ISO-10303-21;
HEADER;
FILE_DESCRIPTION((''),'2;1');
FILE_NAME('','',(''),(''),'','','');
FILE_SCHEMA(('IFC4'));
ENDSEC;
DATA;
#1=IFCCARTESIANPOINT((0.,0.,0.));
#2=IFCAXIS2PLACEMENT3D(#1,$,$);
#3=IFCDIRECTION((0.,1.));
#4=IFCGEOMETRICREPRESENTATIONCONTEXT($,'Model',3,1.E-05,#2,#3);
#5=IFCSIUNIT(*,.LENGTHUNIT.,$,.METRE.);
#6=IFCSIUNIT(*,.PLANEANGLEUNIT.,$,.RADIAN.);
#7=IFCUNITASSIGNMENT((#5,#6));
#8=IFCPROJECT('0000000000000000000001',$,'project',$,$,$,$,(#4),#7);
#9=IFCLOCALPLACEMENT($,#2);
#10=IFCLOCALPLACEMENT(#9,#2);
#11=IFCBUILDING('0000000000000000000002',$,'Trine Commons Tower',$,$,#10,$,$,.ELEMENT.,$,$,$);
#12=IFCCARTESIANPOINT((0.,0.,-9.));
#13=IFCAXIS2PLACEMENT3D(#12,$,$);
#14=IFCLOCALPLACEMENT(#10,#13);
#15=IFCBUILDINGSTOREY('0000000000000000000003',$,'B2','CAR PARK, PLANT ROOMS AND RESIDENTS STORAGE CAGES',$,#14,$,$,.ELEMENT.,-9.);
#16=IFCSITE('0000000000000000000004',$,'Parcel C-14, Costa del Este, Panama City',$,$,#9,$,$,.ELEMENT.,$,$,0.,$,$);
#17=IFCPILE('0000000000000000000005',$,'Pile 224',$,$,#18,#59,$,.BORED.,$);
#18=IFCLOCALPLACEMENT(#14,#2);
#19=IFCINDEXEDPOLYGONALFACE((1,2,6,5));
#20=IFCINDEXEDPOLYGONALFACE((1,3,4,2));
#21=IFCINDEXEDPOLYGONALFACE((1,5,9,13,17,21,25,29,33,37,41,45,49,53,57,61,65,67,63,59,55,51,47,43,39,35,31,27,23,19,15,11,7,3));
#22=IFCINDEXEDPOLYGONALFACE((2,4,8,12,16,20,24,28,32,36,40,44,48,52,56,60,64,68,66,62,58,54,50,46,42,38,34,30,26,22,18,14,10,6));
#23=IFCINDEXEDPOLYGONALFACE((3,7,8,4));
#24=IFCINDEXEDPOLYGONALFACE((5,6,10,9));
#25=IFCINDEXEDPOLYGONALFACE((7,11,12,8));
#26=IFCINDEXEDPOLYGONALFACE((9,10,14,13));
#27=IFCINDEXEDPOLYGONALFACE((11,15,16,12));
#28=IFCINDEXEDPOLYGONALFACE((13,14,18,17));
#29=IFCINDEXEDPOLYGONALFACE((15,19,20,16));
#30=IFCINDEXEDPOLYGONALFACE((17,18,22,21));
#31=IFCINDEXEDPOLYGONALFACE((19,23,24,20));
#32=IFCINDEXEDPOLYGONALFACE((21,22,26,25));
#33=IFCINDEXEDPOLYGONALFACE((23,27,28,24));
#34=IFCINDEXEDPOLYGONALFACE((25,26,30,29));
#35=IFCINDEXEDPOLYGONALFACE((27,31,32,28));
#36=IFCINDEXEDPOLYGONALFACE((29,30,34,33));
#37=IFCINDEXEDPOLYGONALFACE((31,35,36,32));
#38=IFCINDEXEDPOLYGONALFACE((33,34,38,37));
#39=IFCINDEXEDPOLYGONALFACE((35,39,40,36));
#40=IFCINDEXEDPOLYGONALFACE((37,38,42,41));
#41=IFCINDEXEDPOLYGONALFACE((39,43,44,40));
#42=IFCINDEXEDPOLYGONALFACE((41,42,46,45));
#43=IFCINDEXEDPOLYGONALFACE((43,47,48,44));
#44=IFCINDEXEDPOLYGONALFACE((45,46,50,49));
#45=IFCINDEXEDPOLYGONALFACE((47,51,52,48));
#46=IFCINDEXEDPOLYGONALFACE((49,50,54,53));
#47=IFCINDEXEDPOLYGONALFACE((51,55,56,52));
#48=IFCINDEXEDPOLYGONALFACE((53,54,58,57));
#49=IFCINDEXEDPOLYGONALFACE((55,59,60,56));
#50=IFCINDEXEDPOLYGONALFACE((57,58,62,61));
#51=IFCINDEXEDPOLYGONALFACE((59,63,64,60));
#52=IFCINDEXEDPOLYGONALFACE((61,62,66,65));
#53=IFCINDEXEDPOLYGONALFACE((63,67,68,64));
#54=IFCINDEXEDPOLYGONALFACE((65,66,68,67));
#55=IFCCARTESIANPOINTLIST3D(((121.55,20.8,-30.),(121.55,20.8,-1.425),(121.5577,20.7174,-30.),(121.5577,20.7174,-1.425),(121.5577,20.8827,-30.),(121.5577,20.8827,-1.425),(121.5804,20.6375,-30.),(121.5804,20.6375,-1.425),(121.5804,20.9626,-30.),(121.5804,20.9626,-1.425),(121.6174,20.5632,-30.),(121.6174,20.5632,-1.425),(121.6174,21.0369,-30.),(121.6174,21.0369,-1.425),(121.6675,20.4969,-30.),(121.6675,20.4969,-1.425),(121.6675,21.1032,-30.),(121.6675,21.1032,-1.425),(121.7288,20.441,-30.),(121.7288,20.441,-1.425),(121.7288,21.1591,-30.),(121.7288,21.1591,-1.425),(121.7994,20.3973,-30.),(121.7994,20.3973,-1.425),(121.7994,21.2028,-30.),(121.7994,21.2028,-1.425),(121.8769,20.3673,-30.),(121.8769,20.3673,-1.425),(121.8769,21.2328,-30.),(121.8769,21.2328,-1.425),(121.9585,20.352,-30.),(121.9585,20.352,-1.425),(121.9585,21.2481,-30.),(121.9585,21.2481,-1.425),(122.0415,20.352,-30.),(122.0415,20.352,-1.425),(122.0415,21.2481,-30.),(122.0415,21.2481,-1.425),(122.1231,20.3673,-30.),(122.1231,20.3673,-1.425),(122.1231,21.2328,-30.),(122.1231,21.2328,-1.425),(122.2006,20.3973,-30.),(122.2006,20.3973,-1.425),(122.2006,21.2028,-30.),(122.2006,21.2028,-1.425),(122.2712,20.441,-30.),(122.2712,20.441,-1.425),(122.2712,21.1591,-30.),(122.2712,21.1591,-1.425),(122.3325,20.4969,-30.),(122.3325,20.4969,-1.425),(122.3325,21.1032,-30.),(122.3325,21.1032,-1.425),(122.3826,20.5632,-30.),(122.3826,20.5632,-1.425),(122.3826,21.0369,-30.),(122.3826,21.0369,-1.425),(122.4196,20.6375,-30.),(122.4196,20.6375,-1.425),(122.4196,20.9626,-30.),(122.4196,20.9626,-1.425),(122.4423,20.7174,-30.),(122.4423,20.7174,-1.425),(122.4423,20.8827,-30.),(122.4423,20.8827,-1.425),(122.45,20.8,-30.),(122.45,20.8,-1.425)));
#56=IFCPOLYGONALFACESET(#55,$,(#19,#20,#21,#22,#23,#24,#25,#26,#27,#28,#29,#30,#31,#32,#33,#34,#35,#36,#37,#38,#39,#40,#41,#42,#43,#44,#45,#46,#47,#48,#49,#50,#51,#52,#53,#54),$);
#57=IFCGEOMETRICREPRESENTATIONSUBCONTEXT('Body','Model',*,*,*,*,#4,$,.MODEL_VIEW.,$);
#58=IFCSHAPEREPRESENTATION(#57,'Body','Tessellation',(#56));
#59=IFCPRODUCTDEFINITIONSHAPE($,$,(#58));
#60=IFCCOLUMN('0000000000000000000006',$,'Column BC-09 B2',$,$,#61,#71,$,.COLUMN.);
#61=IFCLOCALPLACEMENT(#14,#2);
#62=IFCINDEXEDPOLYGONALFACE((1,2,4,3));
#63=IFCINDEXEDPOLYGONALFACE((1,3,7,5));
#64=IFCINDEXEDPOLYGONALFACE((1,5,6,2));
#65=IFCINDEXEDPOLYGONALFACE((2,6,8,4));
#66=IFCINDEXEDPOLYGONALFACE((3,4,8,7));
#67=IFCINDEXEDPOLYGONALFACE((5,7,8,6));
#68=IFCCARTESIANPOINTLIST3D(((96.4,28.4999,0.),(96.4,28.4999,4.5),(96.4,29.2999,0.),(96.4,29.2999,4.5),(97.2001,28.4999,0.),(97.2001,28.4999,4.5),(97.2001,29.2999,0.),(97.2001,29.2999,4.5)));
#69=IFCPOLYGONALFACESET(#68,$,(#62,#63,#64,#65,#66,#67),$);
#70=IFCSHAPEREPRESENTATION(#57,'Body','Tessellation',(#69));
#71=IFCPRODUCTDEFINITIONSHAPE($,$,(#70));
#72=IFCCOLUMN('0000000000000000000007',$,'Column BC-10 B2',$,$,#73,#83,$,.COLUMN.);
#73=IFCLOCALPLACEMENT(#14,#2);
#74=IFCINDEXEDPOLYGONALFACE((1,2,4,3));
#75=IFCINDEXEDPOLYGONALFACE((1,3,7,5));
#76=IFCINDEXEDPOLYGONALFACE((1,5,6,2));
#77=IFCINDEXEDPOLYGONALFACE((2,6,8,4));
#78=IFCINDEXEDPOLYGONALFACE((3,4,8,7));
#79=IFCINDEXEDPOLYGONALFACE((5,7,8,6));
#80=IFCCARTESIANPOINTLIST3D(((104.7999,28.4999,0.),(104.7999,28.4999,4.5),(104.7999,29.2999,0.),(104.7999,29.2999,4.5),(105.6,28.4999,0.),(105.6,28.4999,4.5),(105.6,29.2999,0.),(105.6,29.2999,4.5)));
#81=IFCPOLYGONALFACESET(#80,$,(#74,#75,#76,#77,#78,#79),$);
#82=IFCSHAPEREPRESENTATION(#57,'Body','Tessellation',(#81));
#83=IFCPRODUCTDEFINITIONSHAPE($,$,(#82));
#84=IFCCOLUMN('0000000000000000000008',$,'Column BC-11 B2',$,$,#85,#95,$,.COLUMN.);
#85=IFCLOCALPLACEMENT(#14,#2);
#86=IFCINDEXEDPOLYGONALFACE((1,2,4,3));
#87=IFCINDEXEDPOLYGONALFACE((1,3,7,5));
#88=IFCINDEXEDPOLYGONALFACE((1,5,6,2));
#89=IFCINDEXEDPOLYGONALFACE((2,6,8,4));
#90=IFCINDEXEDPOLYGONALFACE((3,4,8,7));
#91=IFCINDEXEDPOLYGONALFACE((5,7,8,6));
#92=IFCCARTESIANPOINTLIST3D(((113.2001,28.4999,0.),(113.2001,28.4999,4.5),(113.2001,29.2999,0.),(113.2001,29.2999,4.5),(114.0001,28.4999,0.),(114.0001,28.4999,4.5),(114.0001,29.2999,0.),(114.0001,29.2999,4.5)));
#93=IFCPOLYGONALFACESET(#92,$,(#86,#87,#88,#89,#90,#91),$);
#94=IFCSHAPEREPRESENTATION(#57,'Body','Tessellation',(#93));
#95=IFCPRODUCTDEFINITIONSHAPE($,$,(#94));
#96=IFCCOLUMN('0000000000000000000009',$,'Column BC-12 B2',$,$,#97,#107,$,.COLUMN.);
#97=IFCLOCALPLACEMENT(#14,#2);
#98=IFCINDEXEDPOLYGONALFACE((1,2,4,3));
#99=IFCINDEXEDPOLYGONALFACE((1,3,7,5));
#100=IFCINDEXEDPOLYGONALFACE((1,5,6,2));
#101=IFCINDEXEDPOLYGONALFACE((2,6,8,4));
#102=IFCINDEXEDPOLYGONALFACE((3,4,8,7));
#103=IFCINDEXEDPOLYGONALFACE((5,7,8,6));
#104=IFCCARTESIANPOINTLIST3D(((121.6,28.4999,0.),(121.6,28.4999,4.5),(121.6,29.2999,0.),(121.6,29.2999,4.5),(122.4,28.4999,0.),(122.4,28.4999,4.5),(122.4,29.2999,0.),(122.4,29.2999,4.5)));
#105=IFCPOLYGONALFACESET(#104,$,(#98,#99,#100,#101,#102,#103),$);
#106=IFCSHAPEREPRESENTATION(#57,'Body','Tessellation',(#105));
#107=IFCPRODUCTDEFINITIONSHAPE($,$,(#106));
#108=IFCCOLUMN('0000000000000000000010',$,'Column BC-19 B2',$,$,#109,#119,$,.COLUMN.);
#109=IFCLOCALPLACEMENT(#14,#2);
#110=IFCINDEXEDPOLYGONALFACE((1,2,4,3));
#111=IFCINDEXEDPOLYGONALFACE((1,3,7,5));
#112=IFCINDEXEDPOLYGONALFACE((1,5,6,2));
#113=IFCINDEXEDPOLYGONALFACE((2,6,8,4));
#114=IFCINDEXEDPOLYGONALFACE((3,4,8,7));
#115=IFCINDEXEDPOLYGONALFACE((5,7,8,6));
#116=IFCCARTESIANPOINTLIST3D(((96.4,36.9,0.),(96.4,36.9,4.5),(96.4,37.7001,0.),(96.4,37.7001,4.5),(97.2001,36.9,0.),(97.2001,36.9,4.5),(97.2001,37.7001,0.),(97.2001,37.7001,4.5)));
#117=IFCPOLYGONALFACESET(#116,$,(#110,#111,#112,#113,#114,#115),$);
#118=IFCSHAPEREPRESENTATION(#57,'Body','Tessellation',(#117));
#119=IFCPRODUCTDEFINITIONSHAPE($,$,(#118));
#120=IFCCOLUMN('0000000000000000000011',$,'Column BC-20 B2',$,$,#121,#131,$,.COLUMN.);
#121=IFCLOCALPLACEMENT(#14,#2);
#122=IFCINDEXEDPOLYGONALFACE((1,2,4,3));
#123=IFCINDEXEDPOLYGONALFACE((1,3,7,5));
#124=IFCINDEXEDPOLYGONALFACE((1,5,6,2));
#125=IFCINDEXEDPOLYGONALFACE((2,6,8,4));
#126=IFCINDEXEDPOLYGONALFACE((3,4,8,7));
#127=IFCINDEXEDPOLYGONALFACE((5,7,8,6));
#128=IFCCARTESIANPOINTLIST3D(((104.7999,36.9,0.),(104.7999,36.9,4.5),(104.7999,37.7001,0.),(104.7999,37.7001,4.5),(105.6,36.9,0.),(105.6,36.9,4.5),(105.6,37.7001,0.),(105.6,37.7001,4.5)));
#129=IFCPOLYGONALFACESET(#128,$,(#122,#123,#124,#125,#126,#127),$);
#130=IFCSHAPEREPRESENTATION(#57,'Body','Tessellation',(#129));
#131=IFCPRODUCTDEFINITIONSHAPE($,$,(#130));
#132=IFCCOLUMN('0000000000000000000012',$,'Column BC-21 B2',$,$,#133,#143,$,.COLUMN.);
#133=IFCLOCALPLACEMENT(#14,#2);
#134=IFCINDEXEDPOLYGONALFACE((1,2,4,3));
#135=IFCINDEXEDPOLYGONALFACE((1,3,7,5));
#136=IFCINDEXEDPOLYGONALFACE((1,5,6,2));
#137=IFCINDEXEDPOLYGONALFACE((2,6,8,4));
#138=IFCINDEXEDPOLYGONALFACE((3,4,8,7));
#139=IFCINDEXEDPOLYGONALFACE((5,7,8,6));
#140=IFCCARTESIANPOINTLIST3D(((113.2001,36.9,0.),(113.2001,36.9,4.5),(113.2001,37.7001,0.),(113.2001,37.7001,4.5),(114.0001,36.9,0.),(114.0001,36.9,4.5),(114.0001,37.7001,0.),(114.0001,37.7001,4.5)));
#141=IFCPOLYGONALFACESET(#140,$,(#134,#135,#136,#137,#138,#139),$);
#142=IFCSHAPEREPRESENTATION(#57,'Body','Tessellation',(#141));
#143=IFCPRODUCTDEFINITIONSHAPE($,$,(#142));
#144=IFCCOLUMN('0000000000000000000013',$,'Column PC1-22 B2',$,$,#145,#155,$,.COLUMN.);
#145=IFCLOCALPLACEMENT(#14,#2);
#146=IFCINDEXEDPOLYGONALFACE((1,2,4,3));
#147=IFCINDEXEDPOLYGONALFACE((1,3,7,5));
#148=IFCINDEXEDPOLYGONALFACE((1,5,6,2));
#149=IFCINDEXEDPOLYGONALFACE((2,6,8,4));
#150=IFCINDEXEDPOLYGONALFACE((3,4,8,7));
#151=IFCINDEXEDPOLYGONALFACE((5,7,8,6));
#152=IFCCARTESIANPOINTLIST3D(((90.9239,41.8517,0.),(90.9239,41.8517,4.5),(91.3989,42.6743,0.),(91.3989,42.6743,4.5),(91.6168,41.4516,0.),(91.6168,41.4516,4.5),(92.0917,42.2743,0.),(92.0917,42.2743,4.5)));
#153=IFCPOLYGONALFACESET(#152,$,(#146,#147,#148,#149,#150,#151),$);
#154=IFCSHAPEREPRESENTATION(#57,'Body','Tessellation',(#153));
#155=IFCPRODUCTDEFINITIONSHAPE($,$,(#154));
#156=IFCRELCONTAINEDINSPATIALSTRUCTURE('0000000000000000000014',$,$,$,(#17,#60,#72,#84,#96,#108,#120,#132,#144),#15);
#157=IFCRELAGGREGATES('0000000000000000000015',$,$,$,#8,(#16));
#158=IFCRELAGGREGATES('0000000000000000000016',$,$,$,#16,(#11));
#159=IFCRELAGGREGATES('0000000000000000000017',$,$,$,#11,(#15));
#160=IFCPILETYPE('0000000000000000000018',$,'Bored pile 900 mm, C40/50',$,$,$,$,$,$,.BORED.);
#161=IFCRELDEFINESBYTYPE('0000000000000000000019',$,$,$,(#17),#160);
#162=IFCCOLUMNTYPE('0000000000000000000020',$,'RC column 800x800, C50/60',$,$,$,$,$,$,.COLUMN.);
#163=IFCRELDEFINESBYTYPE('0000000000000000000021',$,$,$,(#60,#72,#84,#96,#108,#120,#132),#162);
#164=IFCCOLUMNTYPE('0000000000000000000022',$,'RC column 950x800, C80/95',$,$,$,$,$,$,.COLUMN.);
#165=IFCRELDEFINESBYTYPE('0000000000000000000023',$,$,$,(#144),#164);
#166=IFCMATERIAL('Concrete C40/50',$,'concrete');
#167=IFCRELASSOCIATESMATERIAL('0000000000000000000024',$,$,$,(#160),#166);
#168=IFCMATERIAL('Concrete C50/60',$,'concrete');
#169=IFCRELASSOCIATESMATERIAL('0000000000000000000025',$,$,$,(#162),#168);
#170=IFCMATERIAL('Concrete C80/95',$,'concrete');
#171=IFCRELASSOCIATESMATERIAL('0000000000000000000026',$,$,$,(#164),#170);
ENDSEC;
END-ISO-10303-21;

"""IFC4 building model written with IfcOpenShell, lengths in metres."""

from ifc_helpers import new_model, si_unit, direction, frame, origin, origin_2d, place, context, subcontext, project, spatial, rectangle, circle, extrude, material, material_profile, profile_set, type_object, element, save


model = new_model("IFC4")

# Units and contexts
model_context = context("Model", 3, precision=1e-05, world=origin(), true_north=direction((0.0, 1.0)))
body_context = subcontext(model_context, "Body", "Model", "MODEL_VIEW")
ifc_project = project(units=[si_unit("LENGTHUNIT", "METRE"), si_unit("PLANEANGLEUNIT", "RADIAN")], contexts=[model_context])

# Site, building, storey
site_placement = place(None, origin())
site = spatial("IfcSite", under=ifc_project, at=site_placement, Name="Parcel C-14, Costa del Este, Panama City", CompositionType="ELEMENT", RefElevation=0.0)
building_placement = place(site_placement, origin())
building = spatial("IfcBuilding", under=site, at=building_placement, Name="Trine Commons Tower", CompositionType="ELEMENT")
storey_placement = place(building_placement, frame((0.0, 0.0, -9.0)))
storey = spatial("IfcBuildingStorey", under=building, at=storey_placement, Name="B2", Description="CAR PARK, PLANT ROOMS AND RESIDENTS STORAGE CAGES", CompositionType="ELEMENT", Elevation=-9.0)

# Pile
ifc_material_1 = material(Name="Concrete C40/50", Category="concrete")
pile_type_1 = type_object("IfcPileType", Name="Bored pile 900 mm, C40/50", PredefinedType="BORED", material=ifc_material_1)
for number, where, z_axis, x_axis, name in (
    (1, (122.0, 20.8, -1.425), (0.0, 0.0, -1.0), (1.0, 0.0, 0.0), "Pile 224"),
):
    element("IfcPile", number, at=place(storey_placement, frame(where, z_axis=z_axis, x_axis=x_axis)), inside=storey, type_object=pile_type_1, Name=name, PredefinedType="BORED", context=body_context, shape_type="SweptSolid", body=[
        extrude(circle(Radius=0.45, at=origin_2d()), origin(), (0.0, 0.0, 1.0), 28.575),
    ])

# Columns
ifc_material_2 = material(Name="Concrete C50/60", Category="concrete")
ifc_material_profile_1 = material_profile(ifc_material_2, rectangle(XDim=0.8, YDim=0.8, at=origin_2d()), Name="RC 800x800")
ifc_profile_set_1 = profile_set([ifc_material_profile_1], Name="Concrete C50/60")
column_type_1 = type_object("IfcColumnType", Name="RC column 800x800, C50/60", PredefinedType="COLUMN", material=ifc_profile_set_1)
for number, where, z_axis, x_axis, name in (
    (2, (96.8, 28.8999, 0.0), (0.0, 0.0, 1.0), (1.0, 0.0, 0.0), "Column BC-09 B2"),
    (3, (105.2, 28.8999, 0.0), (0.0, 0.0, 1.0), (1.0, 0.0, 0.0), "Column BC-10 B2"),
    (4, (113.6001, 28.8999, 0.0), (0.0, 0.0, 1.0), (1.0, 0.0, 0.0), "Column BC-11 B2"),
    (5, (122.0, 28.8999, 0.0), (0.0, 0.0, 1.0), (1.0, 0.0, 0.0), "Column BC-12 B2"),
    (6, (96.8, 37.3, 0.0), (0.0, 0.0, 1.0), (1.0, 0.0, 0.0), "Column BC-19 B2"),
    (7, (105.2, 37.3, 0.0), (0.0, 0.0, 1.0), (1.0, 0.0, 0.0), "Column BC-20 B2"),
    (8, (113.6001, 37.3, 0.0), (0.0, 0.0, 1.0), (1.0, 0.0, 0.0), "Column BC-21 B2"),
):
    element("IfcColumn", number, at=place(storey_placement, frame(where, z_axis=z_axis, x_axis=x_axis)), inside=storey, type_object=column_type_1, Name=name, PredefinedType="COLUMN", context=body_context, shape_type="SweptSolid", body=[
        extrude(rectangle(XDim=0.8, YDim=0.8, at=origin_2d()), origin(), (0.0, 0.0, 1.0), 4.5),
    ])
ifc_material_3 = material(Name="Concrete C80/95", Category="concrete")
ifc_material_profile_2 = material_profile(ifc_material_3, rectangle(XDim=0.95, YDim=0.8, at=origin_2d()), Name="RC 950x800")
ifc_profile_set_2 = profile_set([ifc_material_profile_2], Name="Concrete C80/95")
column_type_2 = type_object("IfcColumnType", Name="RC column 950x800, C80/95", PredefinedType="COLUMN", material=ifc_profile_set_2)
column_placement = place(storey_placement, frame((91.5078, 42.063, 0.0), z_axis=(0.0, 0.0, 1.0), x_axis=(0.5, 0.866025, 0.0)))
element("IfcColumn", 9, at=column_placement, inside=storey, type_object=column_type_2, Name="Column PC1-22 B2", PredefinedType="COLUMN", context=body_context, shape_type="SweptSolid", body=[
    extrude(rectangle(XDim=0.95, YDim=0.8, at=origin_2d()), origin(), (0.0, 0.0, 1.0), 4.5),
])

save(model, "model.ifc")
